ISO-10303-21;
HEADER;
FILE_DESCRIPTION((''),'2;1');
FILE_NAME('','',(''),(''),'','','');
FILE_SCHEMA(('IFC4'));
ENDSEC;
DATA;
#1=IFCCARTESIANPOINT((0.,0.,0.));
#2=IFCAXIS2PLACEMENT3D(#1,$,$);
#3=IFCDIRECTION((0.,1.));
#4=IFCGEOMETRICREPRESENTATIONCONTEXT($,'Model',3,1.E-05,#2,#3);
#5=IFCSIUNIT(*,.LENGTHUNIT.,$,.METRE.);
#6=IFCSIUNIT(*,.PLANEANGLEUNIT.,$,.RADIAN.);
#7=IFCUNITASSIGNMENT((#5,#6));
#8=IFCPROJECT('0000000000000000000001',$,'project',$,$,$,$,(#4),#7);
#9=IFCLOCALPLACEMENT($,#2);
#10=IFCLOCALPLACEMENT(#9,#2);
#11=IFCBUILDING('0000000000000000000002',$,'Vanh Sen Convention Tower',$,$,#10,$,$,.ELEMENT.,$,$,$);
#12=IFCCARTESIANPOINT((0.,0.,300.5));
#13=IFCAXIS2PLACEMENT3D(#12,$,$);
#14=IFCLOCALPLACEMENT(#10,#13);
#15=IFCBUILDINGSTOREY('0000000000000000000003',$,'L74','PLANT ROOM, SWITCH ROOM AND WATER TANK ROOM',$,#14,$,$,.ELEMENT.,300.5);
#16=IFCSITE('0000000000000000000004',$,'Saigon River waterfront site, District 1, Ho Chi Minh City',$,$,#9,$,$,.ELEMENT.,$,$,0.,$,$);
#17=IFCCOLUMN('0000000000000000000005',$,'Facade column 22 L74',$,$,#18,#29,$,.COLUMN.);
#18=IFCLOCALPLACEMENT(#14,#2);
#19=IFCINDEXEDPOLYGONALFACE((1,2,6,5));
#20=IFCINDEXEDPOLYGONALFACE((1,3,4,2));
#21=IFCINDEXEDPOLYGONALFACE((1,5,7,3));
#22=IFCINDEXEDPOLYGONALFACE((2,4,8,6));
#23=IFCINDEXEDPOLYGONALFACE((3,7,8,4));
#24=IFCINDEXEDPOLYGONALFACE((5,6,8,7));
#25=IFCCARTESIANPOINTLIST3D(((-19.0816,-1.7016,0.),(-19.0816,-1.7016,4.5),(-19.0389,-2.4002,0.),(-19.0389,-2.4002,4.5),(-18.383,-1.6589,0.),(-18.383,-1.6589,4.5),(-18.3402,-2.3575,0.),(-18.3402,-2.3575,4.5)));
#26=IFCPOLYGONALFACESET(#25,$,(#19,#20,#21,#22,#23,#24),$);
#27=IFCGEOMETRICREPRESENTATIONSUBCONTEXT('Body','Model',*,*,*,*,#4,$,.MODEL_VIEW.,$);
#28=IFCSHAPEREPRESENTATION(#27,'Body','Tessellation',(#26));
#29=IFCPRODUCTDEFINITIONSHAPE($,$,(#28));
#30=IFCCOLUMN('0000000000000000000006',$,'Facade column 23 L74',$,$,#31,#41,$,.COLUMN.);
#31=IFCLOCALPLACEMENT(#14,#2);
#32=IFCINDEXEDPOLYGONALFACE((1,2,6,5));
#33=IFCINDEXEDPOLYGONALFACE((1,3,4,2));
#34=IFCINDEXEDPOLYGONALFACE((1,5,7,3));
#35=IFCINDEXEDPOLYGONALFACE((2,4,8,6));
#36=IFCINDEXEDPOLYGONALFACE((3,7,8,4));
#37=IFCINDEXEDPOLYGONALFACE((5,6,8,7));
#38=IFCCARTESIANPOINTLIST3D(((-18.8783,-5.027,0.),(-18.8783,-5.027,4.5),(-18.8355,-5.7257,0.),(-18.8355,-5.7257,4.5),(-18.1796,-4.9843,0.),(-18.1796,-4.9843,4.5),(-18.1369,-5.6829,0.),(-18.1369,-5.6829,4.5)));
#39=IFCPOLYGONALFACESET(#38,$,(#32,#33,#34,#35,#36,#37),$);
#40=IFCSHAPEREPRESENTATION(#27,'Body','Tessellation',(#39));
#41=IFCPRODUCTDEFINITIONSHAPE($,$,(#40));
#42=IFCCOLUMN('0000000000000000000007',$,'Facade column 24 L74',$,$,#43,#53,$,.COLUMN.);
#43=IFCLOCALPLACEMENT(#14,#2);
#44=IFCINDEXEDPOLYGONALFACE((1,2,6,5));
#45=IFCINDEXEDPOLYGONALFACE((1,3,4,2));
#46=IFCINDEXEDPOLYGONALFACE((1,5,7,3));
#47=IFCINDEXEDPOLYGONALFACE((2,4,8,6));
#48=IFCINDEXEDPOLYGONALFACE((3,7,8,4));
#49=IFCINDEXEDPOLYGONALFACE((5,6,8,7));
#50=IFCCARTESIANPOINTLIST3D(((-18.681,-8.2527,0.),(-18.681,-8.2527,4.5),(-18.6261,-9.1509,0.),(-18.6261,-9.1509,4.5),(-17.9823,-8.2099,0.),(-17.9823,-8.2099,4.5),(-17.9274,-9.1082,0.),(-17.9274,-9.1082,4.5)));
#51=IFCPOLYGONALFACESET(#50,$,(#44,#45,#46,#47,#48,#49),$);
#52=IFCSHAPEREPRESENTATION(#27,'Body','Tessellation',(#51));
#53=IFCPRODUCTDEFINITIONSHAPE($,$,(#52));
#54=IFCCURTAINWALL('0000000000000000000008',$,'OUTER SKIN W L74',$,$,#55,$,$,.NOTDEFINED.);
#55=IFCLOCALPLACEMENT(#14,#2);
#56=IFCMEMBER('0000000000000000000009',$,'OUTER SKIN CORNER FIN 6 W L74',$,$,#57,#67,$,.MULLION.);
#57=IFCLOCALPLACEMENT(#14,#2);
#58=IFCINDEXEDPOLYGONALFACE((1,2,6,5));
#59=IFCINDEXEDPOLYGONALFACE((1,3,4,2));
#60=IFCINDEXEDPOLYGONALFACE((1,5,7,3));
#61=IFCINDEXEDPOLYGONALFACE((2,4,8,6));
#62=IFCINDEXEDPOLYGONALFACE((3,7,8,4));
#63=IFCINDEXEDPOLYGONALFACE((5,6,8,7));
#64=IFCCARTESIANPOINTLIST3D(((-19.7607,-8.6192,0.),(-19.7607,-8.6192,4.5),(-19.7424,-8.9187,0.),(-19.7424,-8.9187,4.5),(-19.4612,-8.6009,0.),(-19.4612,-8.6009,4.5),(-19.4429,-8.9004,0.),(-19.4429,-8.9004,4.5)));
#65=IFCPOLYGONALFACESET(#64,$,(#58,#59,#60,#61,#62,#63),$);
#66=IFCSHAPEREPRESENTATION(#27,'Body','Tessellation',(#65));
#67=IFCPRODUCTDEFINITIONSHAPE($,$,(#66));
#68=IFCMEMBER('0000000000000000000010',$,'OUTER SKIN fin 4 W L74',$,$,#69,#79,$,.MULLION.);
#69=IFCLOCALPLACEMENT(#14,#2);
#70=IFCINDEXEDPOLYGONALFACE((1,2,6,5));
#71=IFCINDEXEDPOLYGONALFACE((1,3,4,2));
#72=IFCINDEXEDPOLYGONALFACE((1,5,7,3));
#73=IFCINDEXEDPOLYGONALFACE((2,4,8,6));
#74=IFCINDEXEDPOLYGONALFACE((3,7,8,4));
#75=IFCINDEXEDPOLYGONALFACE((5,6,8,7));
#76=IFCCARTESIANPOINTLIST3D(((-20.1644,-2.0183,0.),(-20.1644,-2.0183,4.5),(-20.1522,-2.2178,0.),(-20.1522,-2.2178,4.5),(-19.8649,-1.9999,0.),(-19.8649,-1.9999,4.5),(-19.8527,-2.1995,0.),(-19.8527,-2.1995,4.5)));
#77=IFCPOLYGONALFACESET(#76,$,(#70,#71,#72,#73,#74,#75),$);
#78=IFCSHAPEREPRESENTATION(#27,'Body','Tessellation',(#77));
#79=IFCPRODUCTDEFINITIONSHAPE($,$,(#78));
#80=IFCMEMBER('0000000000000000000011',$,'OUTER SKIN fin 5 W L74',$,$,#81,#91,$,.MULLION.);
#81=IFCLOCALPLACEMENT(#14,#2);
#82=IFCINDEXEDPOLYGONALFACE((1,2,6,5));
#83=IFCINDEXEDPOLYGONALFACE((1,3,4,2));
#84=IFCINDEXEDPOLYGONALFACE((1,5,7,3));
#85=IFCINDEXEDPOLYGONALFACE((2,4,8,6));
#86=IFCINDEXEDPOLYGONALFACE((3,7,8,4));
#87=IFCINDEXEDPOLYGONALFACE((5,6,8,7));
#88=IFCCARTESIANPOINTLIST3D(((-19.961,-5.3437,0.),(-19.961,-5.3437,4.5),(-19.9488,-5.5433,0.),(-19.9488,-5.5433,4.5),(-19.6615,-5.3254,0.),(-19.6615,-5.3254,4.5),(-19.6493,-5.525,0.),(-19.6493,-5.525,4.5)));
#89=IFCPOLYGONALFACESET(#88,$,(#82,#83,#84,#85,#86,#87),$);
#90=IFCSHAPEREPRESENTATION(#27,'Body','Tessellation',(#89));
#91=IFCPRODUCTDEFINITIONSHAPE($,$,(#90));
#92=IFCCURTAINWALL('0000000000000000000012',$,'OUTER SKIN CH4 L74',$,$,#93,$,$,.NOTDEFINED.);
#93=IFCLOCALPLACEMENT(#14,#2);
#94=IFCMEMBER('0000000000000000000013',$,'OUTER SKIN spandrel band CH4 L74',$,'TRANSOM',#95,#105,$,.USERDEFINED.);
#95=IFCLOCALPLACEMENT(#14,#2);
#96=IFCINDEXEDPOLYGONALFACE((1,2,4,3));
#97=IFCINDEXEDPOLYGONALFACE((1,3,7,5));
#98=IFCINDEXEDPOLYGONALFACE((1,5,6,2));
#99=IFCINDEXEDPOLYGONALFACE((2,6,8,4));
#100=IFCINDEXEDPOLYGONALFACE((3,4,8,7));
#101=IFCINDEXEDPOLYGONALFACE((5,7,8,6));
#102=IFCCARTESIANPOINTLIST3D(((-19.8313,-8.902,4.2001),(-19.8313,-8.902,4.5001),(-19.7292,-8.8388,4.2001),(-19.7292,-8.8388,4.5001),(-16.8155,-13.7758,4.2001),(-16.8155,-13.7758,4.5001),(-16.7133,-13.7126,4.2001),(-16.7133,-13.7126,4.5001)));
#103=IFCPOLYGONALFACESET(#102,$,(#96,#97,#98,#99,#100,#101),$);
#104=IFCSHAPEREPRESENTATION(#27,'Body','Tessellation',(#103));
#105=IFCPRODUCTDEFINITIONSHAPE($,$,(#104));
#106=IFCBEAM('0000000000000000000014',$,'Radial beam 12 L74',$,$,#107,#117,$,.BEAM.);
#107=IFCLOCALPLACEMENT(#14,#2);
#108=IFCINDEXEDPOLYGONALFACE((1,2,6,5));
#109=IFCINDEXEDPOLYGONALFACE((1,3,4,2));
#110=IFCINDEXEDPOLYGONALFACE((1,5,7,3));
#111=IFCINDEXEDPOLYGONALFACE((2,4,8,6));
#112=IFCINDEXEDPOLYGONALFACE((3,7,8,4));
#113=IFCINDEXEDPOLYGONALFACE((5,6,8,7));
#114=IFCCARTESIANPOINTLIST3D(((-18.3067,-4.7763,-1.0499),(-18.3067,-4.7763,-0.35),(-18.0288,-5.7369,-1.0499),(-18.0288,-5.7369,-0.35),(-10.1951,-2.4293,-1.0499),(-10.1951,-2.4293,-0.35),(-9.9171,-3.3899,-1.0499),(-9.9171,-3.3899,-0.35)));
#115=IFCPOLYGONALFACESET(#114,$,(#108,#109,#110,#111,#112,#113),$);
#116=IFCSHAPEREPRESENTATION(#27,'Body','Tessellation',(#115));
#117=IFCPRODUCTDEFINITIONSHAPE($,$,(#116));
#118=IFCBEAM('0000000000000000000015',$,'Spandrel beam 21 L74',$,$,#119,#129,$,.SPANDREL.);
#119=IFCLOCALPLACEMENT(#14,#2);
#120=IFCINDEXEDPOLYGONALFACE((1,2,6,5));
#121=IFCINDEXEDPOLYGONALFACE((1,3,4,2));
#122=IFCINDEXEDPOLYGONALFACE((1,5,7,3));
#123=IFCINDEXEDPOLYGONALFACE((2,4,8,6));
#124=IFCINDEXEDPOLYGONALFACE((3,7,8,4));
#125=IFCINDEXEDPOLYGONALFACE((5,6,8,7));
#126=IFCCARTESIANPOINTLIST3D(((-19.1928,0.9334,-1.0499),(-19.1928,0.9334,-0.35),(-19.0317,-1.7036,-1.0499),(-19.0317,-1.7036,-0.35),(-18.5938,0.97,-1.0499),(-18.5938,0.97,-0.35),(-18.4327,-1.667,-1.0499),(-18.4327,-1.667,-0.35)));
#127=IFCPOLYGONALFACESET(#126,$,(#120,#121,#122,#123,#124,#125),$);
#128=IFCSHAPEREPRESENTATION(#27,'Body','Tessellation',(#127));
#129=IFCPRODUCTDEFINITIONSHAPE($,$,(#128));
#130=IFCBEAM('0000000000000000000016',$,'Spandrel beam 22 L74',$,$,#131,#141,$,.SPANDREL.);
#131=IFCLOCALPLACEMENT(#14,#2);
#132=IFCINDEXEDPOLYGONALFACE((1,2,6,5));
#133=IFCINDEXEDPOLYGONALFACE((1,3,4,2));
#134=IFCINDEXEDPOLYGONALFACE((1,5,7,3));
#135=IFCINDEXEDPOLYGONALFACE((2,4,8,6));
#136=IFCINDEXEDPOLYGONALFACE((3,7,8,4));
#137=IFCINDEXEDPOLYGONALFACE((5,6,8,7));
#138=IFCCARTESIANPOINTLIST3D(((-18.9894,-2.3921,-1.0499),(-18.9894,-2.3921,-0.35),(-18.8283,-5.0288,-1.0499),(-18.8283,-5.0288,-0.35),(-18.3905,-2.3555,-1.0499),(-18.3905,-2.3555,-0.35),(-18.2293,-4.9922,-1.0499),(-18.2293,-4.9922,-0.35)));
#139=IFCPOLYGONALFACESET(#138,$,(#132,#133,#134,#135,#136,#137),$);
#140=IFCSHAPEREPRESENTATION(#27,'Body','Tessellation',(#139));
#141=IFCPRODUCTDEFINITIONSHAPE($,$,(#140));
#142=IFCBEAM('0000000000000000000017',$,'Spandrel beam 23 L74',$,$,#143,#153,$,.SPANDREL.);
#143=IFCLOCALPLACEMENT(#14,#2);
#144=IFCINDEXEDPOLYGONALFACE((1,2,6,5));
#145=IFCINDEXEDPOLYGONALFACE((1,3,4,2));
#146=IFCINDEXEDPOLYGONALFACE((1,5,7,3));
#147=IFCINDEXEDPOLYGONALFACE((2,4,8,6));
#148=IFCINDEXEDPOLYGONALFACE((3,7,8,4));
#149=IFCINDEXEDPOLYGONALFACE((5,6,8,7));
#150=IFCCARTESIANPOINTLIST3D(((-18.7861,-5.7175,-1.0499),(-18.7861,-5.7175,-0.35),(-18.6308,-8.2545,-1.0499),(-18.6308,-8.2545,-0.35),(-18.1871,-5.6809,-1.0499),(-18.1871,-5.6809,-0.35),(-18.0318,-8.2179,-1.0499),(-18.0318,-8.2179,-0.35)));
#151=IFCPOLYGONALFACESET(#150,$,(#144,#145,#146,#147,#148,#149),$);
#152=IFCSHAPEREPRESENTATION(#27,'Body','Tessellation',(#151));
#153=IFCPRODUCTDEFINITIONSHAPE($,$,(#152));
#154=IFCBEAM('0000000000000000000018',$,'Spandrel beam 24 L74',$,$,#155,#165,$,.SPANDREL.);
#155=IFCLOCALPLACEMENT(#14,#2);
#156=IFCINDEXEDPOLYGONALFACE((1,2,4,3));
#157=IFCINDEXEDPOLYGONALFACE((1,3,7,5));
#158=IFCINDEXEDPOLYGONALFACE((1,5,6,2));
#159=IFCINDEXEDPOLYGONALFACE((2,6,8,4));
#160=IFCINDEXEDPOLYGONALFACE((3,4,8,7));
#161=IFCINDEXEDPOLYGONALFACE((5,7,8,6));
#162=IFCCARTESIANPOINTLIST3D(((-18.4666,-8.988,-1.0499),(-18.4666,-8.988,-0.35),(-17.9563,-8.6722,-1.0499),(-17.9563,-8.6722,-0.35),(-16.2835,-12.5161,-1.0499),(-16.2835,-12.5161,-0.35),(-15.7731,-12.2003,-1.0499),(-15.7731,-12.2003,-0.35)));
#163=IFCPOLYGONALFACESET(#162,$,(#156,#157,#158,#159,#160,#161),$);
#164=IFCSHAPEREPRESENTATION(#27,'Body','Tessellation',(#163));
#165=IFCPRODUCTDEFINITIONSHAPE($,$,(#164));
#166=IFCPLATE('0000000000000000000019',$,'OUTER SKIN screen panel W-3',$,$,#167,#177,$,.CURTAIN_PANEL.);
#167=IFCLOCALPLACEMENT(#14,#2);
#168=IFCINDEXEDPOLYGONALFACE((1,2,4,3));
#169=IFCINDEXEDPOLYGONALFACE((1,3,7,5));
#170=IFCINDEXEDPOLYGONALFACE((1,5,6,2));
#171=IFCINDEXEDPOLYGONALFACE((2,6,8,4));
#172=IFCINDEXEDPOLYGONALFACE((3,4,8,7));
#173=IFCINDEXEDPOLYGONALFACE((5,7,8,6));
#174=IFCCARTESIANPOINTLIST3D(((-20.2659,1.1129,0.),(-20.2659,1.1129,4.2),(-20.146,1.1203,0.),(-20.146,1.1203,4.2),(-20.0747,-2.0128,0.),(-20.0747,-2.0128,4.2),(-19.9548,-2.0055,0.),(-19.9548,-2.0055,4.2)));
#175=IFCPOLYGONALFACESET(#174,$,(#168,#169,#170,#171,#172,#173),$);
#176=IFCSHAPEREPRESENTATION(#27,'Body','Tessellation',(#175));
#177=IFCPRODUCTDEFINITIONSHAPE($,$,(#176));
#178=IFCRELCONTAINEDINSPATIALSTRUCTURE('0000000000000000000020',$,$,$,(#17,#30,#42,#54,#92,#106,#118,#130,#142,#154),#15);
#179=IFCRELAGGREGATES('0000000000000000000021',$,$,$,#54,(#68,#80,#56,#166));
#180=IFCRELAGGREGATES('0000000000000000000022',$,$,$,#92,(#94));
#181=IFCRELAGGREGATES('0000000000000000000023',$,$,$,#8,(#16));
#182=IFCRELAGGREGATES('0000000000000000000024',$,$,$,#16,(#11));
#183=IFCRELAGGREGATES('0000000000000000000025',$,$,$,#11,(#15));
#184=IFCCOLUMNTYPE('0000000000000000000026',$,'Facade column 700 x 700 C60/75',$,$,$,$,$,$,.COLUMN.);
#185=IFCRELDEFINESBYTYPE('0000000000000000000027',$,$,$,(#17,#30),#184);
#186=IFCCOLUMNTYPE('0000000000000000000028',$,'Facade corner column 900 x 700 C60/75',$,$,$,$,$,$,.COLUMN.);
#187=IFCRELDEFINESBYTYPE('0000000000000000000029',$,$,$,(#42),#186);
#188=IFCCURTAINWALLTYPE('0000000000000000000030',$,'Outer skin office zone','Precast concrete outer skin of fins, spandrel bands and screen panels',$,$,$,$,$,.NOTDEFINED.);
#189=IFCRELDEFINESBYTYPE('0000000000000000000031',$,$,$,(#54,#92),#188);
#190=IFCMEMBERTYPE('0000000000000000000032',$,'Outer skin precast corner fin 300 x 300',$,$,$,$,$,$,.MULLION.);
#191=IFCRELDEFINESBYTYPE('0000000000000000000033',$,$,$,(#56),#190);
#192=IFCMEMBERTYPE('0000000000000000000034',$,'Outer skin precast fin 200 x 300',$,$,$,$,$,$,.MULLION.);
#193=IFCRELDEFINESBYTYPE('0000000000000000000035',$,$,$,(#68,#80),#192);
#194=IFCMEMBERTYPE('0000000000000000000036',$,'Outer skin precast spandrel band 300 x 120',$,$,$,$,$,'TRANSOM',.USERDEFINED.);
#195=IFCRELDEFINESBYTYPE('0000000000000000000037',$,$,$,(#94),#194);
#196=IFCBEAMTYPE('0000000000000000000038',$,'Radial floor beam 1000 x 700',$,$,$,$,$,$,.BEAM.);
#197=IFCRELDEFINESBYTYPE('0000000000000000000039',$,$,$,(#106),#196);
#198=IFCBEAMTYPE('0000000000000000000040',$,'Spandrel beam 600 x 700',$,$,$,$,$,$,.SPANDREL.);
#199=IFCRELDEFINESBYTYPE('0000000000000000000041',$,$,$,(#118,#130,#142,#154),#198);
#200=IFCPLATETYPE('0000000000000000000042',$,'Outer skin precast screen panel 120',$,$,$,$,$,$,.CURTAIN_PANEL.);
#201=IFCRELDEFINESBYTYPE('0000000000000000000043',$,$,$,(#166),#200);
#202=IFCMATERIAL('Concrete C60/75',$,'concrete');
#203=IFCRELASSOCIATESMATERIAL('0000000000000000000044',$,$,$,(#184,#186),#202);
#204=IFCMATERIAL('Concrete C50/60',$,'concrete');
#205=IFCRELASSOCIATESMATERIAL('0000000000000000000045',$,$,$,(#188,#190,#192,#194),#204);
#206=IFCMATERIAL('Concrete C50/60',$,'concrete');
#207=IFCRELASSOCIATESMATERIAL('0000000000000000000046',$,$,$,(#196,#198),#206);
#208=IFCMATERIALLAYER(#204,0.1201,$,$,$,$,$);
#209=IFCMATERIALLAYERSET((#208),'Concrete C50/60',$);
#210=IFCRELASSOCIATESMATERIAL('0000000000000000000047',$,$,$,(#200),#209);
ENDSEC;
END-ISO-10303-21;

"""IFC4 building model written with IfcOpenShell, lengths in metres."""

from ifc_helpers import new_model, si_unit, direction, frame, origin, origin_2d, place, context, subcontext, project, spatial, rectangle, extrude, material, layer, layer_set, material_profile, profile_set, type_object, element, aggregate, save


model = new_model("IFC4")

# Units and contexts
model_context = context("Model", 3, precision=1e-05, world=origin(), true_north=direction((0.0, 1.0)))
body_context = subcontext(model_context, "Body", "Model", "MODEL_VIEW")
ifc_project = project(units=[si_unit("LENGTHUNIT", "METRE"), si_unit("PLANEANGLEUNIT", "RADIAN")], contexts=[model_context])

# Site, building, storey
site_placement = place(None, origin())
site = spatial("IfcSite", under=ifc_project, at=site_placement, Name="Saigon River waterfront site, District 1, Ho Chi Minh City", CompositionType="ELEMENT", RefElevation=0.0)
building_placement = place(site_placement, origin())
building = spatial("IfcBuilding", under=site, at=building_placement, Name="Vanh Sen Convention Tower", CompositionType="ELEMENT")
storey_placement = place(building_placement, frame((0.0, 0.0, 300.5)))
storey = spatial("IfcBuildingStorey", under=building, at=storey_placement, Name="L74", Description="PLANT ROOM, SWITCH ROOM AND WATER TANK ROOM", CompositionType="ELEMENT", Elevation=300.5)

# Columns
ifc_material_1 = material(Name="Concrete C60/75", Category="concrete")
ifc_material_profile_1 = material_profile(ifc_material_1, rectangle(XDim=0.7, YDim=0.7, at=origin_2d()), Name="RC 700X700")
ifc_profile_set_1 = profile_set([ifc_material_profile_1], Name="Concrete C60/75")
column_type_1 = type_object("IfcColumnType", Name="Facade column 700 x 700 C60/75", PredefinedType="COLUMN", material=ifc_profile_set_1)
for number, where, z_axis, x_axis, name in (
    (1, (-18.7109, -2.0295, 0.0), (0.0, 0.0, 1.0), (0.061049, -0.998135, 0.0), "Facade column 22 L74"),
    (2, (-18.5076, -5.355, 0.0), (0.0, 0.0, 1.0), (0.061049, -0.998135, 0.0), "Facade column 23 L74"),
):
    element("IfcColumn", number, at=place(storey_placement, frame(where, z_axis=z_axis, x_axis=x_axis)), inside=storey, type_object=column_type_1, Name=name, PredefinedType="COLUMN", context=body_context, shape_type="SweptSolid", body=[
        extrude(rectangle(XDim=0.7, YDim=0.7, at=origin_2d()), origin(), (0.0, 0.0, 1.0), 4.5),
    ])
ifc_material_profile_2 = material_profile(ifc_material_1, rectangle(XDim=0.8999, YDim=0.7, at=origin_2d()), Name="RC 900X700")
ifc_profile_set_2 = profile_set([ifc_material_profile_2], Name="Concrete C60/75")
column_type_2 = type_object("IfcColumnType", Name="Facade corner column 900 x 700 C60/75", PredefinedType="COLUMN", material=ifc_profile_set_2)
column_placement = place(storey_placement, frame((-18.3042, -8.6804, 0.0), z_axis=(0.0, 0.0, 1.0), x_axis=(0.061049, -0.998135, 0.0)))
element("IfcColumn", 3, at=column_placement, inside=storey, type_object=column_type_2, Name="Facade column 24 L74", PredefinedType="COLUMN", context=body_context, shape_type="SweptSolid", body=[
    extrude(rectangle(XDim=0.8999, YDim=0.7, at=origin_2d()), origin(), (0.0, 0.0, 1.0), 4.5),
])

# Curtain wall, members
ifc_material_2 = material(Name="Concrete C50/60", Category="concrete")
curtain_wall_type = type_object("IfcCurtainWallType", Name="Outer skin office zone", Description="Precast concrete outer skin of fins, spandrel bands and screen panels", PredefinedType="NOTDEFINED", material=ifc_material_2)
curtain_wall_1_placement = place(storey_placement, origin())
curtain_wall_1 = element("IfcCurtainWall", 4, at=curtain_wall_1_placement, inside=storey, type_object=curtain_wall_type, Name="OUTER SKIN W L74", PredefinedType="NOTDEFINED")
ifc_material_profile_3 = material_profile(ifc_material_2, rectangle(XDim=0.3, YDim=0.3, at=origin_2d()), Name="Outer skin precast corner fin 300 x 300")
ifc_profile_set_3 = profile_set([ifc_material_profile_3], Name="Concrete C50/60")
member_type_1 = type_object("IfcMemberType", Name="Outer skin precast corner fin 300 x 300", PredefinedType="MULLION", material=ifc_profile_set_3)
member_1_placement = place(storey_placement, frame((-19.6018, -8.7598, 0.0), z_axis=(0.0, 0.0, 1.0), x_axis=(0.061049, -0.998135, 0.0)))
member_1 = element("IfcMember", 5, at=member_1_placement, type_object=member_type_1, Name="OUTER SKIN CORNER FIN 6 W L74", PredefinedType="MULLION", context=body_context, shape_type="SweptSolid", body=[
    extrude(rectangle(XDim=0.3, YDim=0.3, at=origin_2d()), origin(), (0.0, 0.0, 1.0), 4.5),
])
ifc_material_profile_4 = material_profile(ifc_material_2, rectangle(XDim=0.2, YDim=0.3, at=origin_2d()), Name="Outer skin precast fin 200 x 300")
ifc_profile_set_4 = profile_set([ifc_material_profile_4], Name="Concrete C50/60")
member_type_2 = type_object("IfcMemberType", Name="Outer skin precast fin 200 x 300", PredefinedType="MULLION", material=ifc_profile_set_4)
member_2_placement = place(storey_placement, frame((-20.0085, -2.1089, 0.0), z_axis=(0.0, 0.0, 1.0), x_axis=(0.061049, -0.998135, 0.0)))
member_2 = element("IfcMember", 6, at=member_2_placement, type_object=member_type_2, Name="OUTER SKIN fin 4 W L74", PredefinedType="MULLION", context=body_context, shape_type="SweptSolid", body=[
    extrude(rectangle(XDim=0.2, YDim=0.3, at=origin_2d()), origin(), (0.0, 0.0, 1.0), 4.5),
])
member_3_placement = place(storey_placement, frame((-19.8052, -5.4343, 0.0), z_axis=(0.0, 0.0, 1.0), x_axis=(0.061049, -0.998135, 0.0)))
member_3 = element("IfcMember", 7, at=member_3_placement, type_object=member_type_2, Name="OUTER SKIN fin 5 W L74", PredefinedType="MULLION", context=body_context, shape_type="SweptSolid", body=[
    extrude(rectangle(XDim=0.2, YDim=0.3, at=origin_2d()), origin(), (0.0, 0.0, 1.0), 4.5),
])

# Curtain wall, member
curtain_wall_2_placement = place(storey_placement, origin())
curtain_wall_2 = element("IfcCurtainWall", 8, at=curtain_wall_2_placement, inside=storey, type_object=curtain_wall_type, Name="OUTER SKIN CH4 L74", PredefinedType="NOTDEFINED")
ifc_material_profile_5 = material_profile(ifc_material_2, rectangle(XDim=0.1201, YDim=0.3, at=origin_2d()), Name="Outer skin precast spandrel band 300 x 120")
ifc_profile_set_5 = profile_set([ifc_material_profile_5], Name="Concrete C50/60")
member_type_3 = type_object("IfcMemberType", Name="Outer skin precast spandrel band 300 x 120", ElementType="TRANSOM", PredefinedType="USERDEFINED", material=ifc_profile_set_5)
member_4_placement = place(storey_placement, frame((-19.7803, -8.8704, 4.3501), z_axis=(0.526199, -0.850361, 0.0), x_axis=(0.850361, 0.526199, 0.0)))
member_4 = element("IfcMember", 9, at=member_4_placement, type_object=member_type_3, Name="OUTER SKIN spandrel band CH4 L74", ObjectType="TRANSOM", PredefinedType="USERDEFINED", context=body_context, shape_type="SweptSolid", body=[
    extrude(rectangle(XDim=0.1201, YDim=0.3, at=origin_2d()), origin(), (0.0, 0.0, 1.0), 5.7314),
])

# Beams
ifc_material_3 = material(Name="Concrete C50/60", Category="concrete")
ifc_material_profile_6 = material_profile(ifc_material_3, rectangle(XDim=1.0, YDim=0.7, at=origin_2d()), Name="RC 1000X700")
ifc_profile_set_6 = profile_set([ifc_material_profile_6], Name="Concrete C50/60")
beam_type_1 = type_object("IfcBeamType", Name="Radial floor beam 1000 x 700", PredefinedType="BEAM", material=ifc_profile_set_6)
beam_1_placement = place(storey_placement, frame((-18.1677, -5.2566, -0.7), z_axis=(0.960601, 0.277931, 0.0), x_axis=(-0.277931, 0.960601, 0.0)))
element("IfcBeam", 10, at=beam_1_placement, inside=storey, type_object=beam_type_1, Name="Radial beam 12 L74", PredefinedType="BEAM", context=body_context, shape_type="SweptSolid", body=[
    extrude(rectangle(XDim=1.0, YDim=0.7, at=origin_2d()), origin(), (0.0, 0.0, 1.0), 8.4443),
])
ifc_material_profile_7 = material_profile(ifc_material_3, rectangle(XDim=0.6001, YDim=0.7, at=origin_2d()), Name="RC 600X700")
ifc_profile_set_7 = profile_set([ifc_material_profile_7], Name="Concrete C50/60")
beam_type_2 = type_object("IfcBeamType", Name="Spandrel beam 600 x 700", PredefinedType="SPANDREL", material=ifc_profile_set_7)
beam_2_placement = place(storey_placement, frame((-18.8933, 0.9517, -0.7), z_axis=(0.060992, -0.998138, 0.0), x_axis=(0.998138, 0.060992, 0.0)))
element("IfcBeam", 11, at=beam_2_placement, inside=storey, type_object=beam_type_2, Name="Spandrel beam 21 L74", PredefinedType="SPANDREL", context=body_context, shape_type="SweptSolid", body=[
    extrude(rectangle(XDim=0.6001, YDim=0.7, at=origin_2d()), origin(), (0.0, 0.0, 1.0), 2.6418),
])
beam_3_placement = place(storey_placement, frame((-18.6899, -2.3738, -0.7), z_axis=(0.060997, -0.998138, 0.0), x_axis=(0.998138, 0.060997, 0.0)))
element("IfcBeam", 12, at=beam_3_placement, inside=storey, type_object=beam_type_2, Name="Spandrel beam 22 L74", PredefinedType="SPANDREL", context=body_context, shape_type="SweptSolid", body=[
    extrude(rectangle(XDim=0.6001, YDim=0.7, at=origin_2d()), origin(), (0.0, 0.0, 1.0), 2.6416),
])
beam_4_placement = place(storey_placement, frame((-18.4866, -5.6992, -0.7), z_axis=(0.061087, -0.998132, 0.0), x_axis=(0.998132, 0.061087, 0.0)))
element("IfcBeam", 13, at=beam_4_placement, inside=storey, type_object=beam_type_2, Name="Spandrel beam 23 L74", PredefinedType="SPANDREL", context=body_context, shape_type="SweptSolid", body=[
    extrude(rectangle(XDim=0.6001, YDim=0.7, at=origin_2d()), origin(), (0.0, 0.0, 1.0), 2.5417),
])
beam_5_placement = place(storey_placement, frame((-18.2114, -8.8301, -0.7), z_axis=(0.526191, -0.850367, 0.0), x_axis=(0.850367, 0.526191, 0.0)))
element("IfcBeam", 14, at=beam_5_placement, inside=storey, type_object=beam_type_2, Name="Spandrel beam 24 L74", PredefinedType="SPANDREL", context=body_context, shape_type="SweptSolid", body=[
    extrude(rectangle(XDim=0.6001, YDim=0.7, at=origin_2d()), origin(), (0.0, 0.0, 1.0), 4.1489),
])

# Plate
ifc_layer_1 = layer(ifc_material_2, 0.1201)
ifc_layer_set_1 = layer_set([ifc_layer_1], Name="Concrete C50/60")
plate_type = type_object("IfcPlateType", Name="Outer skin precast screen panel 120", PredefinedType="CURTAIN_PANEL", material=ifc_layer_set_1)
plate_1_placement = place(storey_placement, frame((-20.1104, -0.4463, 0.0), z_axis=(0.0, 0.0, 1.0), x_axis=(0.061052, -0.998135, 0.0)))
plate_1 = element("IfcPlate", 15, at=plate_1_placement, type_object=plate_type, Name="OUTER SKIN screen panel W-3", PredefinedType="CURTAIN_PANEL", context=body_context, shape_type="SweptSolid", body=[
    extrude(rectangle(XDim=3.1316, YDim=0.1201, at=origin_2d()), origin(), (0.0, 0.0, 1.0), 4.2),
])
aggregate(curtain_wall_1, [member_2, member_3, member_1, plate_1])
aggregate(curtain_wall_2, [member_4])

save(model, "model.ifc")
